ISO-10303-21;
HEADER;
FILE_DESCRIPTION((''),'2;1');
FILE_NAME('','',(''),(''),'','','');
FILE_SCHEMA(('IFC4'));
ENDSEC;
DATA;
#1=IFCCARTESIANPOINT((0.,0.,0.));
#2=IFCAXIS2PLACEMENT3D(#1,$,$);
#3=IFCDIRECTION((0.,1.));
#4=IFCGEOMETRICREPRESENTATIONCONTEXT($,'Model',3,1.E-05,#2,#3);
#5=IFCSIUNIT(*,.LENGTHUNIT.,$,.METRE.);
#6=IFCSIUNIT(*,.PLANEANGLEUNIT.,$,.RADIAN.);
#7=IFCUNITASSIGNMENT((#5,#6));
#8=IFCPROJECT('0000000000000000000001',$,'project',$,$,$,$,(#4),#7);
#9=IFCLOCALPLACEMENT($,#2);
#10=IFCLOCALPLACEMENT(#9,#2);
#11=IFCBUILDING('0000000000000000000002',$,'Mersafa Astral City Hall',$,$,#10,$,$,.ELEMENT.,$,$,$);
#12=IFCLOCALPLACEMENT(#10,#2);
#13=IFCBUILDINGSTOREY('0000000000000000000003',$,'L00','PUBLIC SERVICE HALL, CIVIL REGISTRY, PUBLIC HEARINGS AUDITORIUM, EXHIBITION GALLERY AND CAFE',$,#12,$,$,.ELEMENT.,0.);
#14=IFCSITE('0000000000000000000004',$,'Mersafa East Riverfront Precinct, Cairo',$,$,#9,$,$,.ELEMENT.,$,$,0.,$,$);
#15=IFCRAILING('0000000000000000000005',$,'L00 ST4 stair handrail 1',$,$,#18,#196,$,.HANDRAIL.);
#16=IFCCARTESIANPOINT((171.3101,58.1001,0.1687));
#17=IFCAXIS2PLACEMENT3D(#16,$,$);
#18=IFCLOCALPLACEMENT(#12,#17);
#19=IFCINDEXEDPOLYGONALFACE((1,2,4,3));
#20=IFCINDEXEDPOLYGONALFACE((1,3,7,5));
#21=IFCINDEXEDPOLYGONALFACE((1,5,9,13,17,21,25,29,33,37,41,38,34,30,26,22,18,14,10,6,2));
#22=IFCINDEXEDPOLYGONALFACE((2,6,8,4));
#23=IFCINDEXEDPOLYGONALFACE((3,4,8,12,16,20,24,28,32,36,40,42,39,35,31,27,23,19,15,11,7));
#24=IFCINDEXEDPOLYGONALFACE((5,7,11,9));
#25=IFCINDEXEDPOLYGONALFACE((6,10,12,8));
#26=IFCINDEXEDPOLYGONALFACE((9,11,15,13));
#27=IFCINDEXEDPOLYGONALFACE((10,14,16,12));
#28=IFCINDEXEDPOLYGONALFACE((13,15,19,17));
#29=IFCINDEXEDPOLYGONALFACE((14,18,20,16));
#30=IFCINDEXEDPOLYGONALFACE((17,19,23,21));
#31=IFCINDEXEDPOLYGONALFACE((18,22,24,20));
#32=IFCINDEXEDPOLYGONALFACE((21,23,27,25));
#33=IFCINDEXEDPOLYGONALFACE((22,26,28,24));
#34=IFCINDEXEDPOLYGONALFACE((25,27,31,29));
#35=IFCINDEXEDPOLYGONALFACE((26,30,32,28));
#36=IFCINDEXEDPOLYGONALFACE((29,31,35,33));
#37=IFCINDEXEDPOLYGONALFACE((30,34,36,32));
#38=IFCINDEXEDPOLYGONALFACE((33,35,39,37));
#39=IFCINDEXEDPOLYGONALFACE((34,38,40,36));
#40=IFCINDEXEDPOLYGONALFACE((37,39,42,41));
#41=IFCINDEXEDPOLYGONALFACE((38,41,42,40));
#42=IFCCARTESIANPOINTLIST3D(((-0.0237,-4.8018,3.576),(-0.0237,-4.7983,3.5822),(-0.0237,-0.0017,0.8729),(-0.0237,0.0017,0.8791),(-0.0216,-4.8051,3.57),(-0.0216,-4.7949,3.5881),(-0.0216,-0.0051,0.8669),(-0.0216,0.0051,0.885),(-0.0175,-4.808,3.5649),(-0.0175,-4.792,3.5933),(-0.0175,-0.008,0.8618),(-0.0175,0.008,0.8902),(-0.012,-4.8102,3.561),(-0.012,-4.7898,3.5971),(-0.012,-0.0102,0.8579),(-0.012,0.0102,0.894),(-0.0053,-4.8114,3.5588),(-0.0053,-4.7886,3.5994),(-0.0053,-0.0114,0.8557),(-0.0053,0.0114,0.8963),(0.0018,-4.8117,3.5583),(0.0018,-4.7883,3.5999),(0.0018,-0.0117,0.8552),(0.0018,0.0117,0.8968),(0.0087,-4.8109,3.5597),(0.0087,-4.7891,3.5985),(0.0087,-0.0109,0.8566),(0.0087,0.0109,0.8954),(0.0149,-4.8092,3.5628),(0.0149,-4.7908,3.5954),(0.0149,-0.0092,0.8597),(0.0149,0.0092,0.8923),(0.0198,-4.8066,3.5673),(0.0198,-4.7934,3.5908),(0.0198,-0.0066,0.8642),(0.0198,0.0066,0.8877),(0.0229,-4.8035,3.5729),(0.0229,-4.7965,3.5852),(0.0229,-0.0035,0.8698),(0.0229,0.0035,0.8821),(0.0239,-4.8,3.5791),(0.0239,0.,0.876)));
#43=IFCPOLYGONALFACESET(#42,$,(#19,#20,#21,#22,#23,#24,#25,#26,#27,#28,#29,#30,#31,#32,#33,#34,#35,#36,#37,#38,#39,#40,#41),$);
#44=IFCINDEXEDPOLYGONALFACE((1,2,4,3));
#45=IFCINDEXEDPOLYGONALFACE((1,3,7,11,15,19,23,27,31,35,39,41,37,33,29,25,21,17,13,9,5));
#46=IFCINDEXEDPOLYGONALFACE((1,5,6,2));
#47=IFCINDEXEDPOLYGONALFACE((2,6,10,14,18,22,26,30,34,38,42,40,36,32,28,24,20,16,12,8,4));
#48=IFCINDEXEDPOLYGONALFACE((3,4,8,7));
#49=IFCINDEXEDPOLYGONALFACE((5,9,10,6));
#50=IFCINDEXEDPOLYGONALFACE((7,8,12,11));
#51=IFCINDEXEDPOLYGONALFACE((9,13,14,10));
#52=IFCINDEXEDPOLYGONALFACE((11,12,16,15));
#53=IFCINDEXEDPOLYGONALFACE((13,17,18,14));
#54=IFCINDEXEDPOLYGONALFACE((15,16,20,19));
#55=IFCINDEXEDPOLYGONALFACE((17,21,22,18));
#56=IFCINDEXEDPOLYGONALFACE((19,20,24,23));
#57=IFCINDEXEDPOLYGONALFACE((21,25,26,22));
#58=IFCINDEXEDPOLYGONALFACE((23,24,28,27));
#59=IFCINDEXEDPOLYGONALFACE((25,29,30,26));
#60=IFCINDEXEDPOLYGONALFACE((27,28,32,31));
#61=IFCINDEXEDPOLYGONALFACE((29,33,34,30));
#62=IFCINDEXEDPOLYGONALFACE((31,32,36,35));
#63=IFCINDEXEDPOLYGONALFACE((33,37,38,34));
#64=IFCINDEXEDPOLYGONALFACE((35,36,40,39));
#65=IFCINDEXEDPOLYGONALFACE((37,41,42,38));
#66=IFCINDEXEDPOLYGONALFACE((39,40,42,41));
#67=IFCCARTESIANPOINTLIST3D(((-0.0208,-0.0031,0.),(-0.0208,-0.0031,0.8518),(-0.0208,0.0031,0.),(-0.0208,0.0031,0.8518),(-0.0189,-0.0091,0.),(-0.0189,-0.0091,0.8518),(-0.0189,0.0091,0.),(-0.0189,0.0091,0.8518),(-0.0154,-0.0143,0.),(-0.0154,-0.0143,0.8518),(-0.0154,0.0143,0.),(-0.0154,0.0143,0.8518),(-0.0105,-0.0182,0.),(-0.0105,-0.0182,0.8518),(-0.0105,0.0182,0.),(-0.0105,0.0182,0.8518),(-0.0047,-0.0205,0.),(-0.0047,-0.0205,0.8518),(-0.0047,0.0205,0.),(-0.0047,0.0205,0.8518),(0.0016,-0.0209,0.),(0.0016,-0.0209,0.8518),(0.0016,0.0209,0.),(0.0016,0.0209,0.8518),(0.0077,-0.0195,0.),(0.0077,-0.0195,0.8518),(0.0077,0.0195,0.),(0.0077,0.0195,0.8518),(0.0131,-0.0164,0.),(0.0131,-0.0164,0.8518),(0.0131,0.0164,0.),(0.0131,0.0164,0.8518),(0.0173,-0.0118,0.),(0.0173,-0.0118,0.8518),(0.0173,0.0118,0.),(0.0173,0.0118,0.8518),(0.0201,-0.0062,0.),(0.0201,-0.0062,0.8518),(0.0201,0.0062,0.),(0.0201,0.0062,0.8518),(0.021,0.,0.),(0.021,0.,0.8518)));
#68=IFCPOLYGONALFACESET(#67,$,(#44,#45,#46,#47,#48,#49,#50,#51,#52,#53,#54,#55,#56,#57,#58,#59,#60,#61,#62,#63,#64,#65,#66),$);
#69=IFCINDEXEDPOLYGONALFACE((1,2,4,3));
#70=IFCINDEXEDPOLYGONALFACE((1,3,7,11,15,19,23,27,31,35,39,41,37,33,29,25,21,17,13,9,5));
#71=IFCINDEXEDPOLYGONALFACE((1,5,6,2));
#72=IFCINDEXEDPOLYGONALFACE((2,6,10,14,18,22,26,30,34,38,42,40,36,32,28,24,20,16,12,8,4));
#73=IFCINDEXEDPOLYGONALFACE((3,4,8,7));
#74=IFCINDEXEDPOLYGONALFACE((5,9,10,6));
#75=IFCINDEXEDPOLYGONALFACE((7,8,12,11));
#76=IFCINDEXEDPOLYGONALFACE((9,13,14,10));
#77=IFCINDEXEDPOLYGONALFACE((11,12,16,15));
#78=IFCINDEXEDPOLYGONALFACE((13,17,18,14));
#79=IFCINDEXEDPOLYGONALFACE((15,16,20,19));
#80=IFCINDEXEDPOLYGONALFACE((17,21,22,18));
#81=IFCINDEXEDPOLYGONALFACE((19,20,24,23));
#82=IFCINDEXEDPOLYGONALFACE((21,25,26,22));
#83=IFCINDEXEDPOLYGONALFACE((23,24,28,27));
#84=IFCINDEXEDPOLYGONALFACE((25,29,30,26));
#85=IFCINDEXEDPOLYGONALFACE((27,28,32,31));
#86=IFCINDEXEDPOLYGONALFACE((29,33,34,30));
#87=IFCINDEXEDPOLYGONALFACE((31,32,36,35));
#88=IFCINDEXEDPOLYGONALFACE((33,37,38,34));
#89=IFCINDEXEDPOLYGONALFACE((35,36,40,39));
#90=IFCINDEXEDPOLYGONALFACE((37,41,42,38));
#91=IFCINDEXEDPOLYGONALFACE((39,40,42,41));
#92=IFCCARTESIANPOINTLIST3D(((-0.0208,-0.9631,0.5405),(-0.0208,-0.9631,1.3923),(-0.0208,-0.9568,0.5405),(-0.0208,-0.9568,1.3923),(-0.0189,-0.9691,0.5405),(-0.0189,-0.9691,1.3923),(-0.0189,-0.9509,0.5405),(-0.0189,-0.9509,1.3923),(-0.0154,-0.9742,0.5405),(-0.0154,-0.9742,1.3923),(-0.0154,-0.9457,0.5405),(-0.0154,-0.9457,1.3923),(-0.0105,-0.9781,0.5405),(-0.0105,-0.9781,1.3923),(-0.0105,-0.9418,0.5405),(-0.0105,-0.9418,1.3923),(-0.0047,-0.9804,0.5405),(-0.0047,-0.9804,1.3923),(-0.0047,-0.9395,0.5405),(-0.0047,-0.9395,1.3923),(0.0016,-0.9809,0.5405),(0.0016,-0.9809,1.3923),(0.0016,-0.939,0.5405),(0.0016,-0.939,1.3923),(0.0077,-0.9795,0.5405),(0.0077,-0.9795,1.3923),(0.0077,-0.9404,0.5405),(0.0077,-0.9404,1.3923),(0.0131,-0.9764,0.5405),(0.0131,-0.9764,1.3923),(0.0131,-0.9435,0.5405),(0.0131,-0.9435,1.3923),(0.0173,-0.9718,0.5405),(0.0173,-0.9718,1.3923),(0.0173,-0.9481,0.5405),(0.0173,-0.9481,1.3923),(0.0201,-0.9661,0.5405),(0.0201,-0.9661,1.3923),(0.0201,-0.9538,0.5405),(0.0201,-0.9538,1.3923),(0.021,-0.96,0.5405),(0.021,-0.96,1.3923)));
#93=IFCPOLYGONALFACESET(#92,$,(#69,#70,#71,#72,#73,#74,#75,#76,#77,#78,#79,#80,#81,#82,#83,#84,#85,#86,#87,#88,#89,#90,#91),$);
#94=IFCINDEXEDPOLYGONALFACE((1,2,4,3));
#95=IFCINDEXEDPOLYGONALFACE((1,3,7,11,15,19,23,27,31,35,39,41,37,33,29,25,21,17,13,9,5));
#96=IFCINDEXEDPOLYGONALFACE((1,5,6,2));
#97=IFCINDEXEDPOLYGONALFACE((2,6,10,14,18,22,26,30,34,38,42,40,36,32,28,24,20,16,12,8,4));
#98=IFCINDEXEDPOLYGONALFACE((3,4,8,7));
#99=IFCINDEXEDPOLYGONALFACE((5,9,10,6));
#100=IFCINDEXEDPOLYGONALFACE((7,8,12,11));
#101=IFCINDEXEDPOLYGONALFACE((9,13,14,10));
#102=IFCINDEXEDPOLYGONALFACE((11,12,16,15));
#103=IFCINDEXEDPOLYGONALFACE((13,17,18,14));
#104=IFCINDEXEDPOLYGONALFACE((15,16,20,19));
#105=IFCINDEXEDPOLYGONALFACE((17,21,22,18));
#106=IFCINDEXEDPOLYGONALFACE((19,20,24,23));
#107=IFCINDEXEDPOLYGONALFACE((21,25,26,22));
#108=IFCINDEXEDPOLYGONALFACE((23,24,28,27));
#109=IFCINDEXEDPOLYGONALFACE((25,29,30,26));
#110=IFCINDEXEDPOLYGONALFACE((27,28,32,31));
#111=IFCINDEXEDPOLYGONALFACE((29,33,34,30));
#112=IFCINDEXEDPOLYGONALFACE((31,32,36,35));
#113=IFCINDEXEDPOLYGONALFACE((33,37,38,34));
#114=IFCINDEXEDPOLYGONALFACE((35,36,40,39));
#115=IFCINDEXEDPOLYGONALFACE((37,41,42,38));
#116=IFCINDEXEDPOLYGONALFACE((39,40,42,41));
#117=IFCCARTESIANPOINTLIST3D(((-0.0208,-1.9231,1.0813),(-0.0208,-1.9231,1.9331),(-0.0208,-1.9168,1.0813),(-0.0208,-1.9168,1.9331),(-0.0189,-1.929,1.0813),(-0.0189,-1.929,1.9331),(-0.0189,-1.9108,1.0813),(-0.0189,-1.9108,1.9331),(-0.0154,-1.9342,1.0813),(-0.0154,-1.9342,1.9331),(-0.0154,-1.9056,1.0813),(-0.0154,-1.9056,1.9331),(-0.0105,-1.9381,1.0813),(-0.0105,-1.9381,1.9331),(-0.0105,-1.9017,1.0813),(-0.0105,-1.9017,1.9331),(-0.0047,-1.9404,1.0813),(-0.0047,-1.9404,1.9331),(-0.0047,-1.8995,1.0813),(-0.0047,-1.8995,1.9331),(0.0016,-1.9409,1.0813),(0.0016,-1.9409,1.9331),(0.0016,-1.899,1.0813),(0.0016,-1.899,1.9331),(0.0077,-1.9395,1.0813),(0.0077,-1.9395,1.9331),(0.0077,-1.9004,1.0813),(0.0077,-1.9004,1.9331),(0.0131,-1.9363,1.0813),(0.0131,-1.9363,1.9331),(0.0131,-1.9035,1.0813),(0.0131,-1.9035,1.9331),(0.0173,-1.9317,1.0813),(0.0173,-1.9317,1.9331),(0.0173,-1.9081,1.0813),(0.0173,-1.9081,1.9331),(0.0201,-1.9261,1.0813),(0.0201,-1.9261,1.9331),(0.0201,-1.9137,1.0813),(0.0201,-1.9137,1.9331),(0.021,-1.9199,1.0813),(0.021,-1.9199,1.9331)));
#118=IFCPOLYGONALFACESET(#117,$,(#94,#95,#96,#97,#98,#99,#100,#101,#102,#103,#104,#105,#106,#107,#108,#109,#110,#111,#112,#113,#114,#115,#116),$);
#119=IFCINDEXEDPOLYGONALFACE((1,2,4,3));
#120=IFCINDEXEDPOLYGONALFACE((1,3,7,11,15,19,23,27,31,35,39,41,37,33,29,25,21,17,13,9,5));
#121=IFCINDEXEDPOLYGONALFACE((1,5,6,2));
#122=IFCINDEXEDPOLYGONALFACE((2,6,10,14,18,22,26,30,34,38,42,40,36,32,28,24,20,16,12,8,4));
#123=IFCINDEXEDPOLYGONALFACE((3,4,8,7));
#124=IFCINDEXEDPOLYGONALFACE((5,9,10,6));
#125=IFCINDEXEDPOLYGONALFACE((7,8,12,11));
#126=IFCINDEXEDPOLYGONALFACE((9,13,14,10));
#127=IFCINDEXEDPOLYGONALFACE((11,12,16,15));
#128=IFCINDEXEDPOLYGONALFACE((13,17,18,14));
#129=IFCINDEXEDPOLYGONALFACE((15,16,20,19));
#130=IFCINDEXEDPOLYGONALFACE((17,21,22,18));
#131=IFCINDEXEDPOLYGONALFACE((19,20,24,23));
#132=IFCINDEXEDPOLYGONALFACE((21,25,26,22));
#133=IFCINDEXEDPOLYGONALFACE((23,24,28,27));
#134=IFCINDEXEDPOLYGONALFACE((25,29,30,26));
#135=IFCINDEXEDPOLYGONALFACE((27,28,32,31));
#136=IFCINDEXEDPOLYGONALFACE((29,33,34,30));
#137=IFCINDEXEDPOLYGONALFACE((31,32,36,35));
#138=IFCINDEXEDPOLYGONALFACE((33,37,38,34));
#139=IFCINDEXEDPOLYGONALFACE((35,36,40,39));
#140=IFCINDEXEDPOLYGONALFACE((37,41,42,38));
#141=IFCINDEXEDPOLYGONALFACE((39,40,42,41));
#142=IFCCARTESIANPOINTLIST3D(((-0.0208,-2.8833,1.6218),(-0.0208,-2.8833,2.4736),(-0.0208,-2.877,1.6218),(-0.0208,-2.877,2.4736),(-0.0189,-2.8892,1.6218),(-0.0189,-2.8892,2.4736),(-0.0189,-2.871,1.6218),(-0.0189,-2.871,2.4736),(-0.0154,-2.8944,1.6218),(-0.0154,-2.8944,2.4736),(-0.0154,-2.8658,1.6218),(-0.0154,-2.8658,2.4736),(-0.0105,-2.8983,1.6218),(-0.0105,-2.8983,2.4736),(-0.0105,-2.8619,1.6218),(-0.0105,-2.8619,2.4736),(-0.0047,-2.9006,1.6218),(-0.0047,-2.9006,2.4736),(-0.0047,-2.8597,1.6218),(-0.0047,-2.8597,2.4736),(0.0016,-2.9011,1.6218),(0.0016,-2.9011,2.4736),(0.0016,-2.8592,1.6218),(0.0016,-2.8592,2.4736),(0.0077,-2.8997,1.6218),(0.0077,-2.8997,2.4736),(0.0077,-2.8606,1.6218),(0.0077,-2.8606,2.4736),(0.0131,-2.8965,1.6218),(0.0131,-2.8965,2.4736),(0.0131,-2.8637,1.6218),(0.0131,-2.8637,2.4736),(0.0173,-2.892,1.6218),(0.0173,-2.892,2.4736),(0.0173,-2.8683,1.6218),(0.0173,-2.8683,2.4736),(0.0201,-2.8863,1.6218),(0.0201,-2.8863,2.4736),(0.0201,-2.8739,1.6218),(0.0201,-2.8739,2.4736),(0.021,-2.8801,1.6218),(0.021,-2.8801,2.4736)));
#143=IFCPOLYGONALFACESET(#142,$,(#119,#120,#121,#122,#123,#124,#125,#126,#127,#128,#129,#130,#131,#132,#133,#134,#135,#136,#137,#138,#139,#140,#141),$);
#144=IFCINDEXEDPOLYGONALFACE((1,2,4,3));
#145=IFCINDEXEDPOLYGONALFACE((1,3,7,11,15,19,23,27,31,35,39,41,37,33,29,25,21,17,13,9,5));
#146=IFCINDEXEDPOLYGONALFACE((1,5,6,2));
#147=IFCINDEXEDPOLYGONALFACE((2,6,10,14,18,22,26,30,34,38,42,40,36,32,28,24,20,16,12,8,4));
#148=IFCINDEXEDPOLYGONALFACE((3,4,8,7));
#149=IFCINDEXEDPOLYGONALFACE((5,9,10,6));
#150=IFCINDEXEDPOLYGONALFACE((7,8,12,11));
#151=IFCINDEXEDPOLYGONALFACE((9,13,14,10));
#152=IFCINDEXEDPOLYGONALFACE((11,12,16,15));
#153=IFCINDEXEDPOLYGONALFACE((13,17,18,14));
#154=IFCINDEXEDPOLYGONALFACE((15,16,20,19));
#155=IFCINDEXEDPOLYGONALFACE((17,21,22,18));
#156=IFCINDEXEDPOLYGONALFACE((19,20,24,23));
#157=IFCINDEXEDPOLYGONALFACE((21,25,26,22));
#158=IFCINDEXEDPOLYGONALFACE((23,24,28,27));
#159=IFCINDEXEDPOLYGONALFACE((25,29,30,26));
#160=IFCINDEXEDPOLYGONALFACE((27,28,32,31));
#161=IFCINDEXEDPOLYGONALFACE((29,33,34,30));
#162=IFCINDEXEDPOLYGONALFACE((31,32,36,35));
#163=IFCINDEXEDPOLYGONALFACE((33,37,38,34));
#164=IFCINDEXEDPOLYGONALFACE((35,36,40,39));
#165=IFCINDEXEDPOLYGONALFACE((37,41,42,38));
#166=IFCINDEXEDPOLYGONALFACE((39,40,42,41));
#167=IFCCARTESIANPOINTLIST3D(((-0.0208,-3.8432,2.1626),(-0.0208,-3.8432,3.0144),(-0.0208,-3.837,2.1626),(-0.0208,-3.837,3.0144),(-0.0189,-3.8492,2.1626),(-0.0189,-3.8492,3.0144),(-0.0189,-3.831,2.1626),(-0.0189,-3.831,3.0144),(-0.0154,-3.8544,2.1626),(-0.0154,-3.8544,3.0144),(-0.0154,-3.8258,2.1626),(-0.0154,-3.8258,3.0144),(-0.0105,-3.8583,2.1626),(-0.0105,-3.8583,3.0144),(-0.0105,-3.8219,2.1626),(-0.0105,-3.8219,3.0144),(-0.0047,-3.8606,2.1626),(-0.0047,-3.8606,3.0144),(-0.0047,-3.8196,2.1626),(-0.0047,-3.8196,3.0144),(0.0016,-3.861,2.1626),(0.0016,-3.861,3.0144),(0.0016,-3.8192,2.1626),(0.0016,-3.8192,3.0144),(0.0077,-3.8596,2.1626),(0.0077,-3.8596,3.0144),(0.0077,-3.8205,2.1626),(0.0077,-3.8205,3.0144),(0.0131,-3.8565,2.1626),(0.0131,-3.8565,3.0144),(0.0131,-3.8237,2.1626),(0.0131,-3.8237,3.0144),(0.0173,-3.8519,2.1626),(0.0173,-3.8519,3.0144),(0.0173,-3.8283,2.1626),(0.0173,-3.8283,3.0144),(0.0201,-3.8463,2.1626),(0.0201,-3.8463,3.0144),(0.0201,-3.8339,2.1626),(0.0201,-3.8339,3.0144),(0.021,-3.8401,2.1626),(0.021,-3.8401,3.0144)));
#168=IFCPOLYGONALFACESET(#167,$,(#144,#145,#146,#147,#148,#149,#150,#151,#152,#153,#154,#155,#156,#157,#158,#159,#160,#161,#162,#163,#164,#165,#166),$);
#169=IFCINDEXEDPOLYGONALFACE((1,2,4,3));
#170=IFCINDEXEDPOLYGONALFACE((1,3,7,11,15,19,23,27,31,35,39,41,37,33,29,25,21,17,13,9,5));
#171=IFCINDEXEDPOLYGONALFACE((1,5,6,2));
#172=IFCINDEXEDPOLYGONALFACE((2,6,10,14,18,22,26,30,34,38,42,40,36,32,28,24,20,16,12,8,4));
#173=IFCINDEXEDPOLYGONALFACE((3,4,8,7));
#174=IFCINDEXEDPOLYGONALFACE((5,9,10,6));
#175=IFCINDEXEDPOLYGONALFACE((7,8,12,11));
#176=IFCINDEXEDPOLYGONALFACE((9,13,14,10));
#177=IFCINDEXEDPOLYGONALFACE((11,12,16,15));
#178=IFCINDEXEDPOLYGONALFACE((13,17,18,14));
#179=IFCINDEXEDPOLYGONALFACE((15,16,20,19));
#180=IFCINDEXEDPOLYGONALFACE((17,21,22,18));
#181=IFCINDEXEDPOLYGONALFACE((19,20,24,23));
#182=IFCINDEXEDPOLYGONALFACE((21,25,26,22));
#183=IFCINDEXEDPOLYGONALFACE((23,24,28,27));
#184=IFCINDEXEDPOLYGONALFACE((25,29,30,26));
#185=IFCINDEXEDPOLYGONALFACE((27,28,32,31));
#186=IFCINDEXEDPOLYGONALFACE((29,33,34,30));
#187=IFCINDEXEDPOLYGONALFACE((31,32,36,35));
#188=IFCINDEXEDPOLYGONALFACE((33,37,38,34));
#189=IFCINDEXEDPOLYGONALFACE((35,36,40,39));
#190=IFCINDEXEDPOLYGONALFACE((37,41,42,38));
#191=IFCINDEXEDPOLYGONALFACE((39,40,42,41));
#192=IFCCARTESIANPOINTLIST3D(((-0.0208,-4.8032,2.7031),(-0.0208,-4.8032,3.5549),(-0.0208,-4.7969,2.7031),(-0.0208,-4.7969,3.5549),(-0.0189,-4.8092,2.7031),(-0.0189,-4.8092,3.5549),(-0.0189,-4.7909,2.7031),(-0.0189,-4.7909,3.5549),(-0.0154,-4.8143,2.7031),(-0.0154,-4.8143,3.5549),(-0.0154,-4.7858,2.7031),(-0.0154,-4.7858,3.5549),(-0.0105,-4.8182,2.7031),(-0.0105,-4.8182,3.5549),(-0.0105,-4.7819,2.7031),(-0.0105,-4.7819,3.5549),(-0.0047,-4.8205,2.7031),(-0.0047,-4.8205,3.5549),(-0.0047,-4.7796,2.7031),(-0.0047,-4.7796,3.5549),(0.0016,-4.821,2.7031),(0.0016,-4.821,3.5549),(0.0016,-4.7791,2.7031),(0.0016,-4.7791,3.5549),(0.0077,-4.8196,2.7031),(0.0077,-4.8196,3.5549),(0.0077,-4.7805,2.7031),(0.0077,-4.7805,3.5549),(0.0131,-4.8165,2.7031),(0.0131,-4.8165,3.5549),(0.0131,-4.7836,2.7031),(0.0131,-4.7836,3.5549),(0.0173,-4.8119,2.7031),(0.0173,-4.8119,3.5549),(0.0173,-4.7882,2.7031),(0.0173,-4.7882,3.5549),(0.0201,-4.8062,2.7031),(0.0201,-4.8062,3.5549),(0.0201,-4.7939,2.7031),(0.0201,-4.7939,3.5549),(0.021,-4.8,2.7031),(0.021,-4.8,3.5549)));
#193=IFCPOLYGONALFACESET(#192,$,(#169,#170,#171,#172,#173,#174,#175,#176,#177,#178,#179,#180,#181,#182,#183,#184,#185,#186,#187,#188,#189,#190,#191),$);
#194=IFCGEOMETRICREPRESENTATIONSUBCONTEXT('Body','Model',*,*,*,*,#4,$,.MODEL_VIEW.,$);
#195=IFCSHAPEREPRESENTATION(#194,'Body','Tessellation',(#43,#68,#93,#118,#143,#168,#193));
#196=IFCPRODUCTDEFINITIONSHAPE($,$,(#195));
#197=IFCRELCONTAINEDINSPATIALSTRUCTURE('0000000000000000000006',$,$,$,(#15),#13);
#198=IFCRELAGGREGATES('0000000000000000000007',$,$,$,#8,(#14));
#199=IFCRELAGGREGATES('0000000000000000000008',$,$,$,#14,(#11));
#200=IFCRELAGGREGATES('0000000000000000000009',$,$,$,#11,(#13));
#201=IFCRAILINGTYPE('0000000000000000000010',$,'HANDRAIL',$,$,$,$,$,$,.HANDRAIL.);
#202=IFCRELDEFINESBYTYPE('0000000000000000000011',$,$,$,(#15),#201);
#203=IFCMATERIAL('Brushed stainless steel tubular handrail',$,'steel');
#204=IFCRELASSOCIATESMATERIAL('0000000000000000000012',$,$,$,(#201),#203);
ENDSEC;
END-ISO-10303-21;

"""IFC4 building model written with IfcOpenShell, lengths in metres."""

from ifc_helpers import new_model, si_unit, direction, frame, origin, origin_2d, place, context, subcontext, project, spatial, circle, extrude, material, type_object, element, save


model = new_model("IFC4")

# Units and contexts
model_context = context("Model", 3, precision=1e-05, world=origin(), true_north=direction((0.0, 1.0)))
body_context = subcontext(model_context, "Body", "Model", "MODEL_VIEW")
ifc_project = project(units=[si_unit("LENGTHUNIT", "METRE"), si_unit("PLANEANGLEUNIT", "RADIAN")], contexts=[model_context])

# Site, building, storey
site_placement = place(None, origin())
site = spatial("IfcSite", under=ifc_project, at=site_placement, Name="Mersafa East Riverfront Precinct, Cairo", CompositionType="ELEMENT", RefElevation=0.0)
building_placement = place(site_placement, origin())
building = spatial("IfcBuilding", under=site, at=building_placement, Name="Mersafa Astral City Hall", CompositionType="ELEMENT")
storey_placement = place(building_placement, origin())
storey = spatial("IfcBuildingStorey", under=building, at=storey_placement, Name="L00", Description="PUBLIC SERVICE HALL, CIVIL REGISTRY, PUBLIC HEARINGS AUDITORIUM, EXHIBITION GALLERY AND CAFE", CompositionType="ELEMENT", Elevation=0.0)

# Railing
ifc_material_1 = material(Name="Brushed stainless steel tubular handrail", Category="steel")
railing_type_1 = type_object("IfcRailingType", Name="HANDRAIL", PredefinedType="HANDRAIL", material=ifc_material_1)
railing_1_placement = place(storey_placement, frame((171.3101, 58.1001, 0.1687)))
element("IfcRailing", 1, at=railing_1_placement, inside=storey, type_object=railing_type_1, Name="L00 ST4 stair handrail 1", PredefinedType="HANDRAIL", context=body_context, shape_type="SweptSolid", body=[
    extrude(circle(Radius=0.0239, at=origin_2d()), frame((0.0, 0.0, 0.876), z_axis=(0.0, -0.871335, 0.490688), x_axis=(1.0, 0.0, 0.0)), (0.0, 0.0, 1.0), 5.5088),
    extrude(circle(Radius=0.021, at=origin_2d()), origin(), (0.0, 0.0, 1.0), 0.8518),
    extrude(circle(Radius=0.021, at=origin_2d()), frame((0.0, -0.96, 0.5405)), (0.0, 0.0, 1.0), 0.8518),
    extrude(circle(Radius=0.021, at=origin_2d()), frame((0.0, -1.9199, 1.0813)), (0.0, 0.0, 1.0), 0.8518),
    extrude(circle(Radius=0.021, at=origin_2d()), frame((0.0, -2.8801, 1.6218)), (0.0, 0.0, 1.0), 0.8518),
    extrude(circle(Radius=0.021, at=origin_2d()), frame((0.0, -3.8401, 2.1626)), (0.0, 0.0, 1.0), 0.8518),
    extrude(circle(Radius=0.021, at=origin_2d()), frame((0.0, -4.8, 2.7031)), (0.0, 0.0, 1.0), 0.8518),
])

save(model, "model.ifc")
